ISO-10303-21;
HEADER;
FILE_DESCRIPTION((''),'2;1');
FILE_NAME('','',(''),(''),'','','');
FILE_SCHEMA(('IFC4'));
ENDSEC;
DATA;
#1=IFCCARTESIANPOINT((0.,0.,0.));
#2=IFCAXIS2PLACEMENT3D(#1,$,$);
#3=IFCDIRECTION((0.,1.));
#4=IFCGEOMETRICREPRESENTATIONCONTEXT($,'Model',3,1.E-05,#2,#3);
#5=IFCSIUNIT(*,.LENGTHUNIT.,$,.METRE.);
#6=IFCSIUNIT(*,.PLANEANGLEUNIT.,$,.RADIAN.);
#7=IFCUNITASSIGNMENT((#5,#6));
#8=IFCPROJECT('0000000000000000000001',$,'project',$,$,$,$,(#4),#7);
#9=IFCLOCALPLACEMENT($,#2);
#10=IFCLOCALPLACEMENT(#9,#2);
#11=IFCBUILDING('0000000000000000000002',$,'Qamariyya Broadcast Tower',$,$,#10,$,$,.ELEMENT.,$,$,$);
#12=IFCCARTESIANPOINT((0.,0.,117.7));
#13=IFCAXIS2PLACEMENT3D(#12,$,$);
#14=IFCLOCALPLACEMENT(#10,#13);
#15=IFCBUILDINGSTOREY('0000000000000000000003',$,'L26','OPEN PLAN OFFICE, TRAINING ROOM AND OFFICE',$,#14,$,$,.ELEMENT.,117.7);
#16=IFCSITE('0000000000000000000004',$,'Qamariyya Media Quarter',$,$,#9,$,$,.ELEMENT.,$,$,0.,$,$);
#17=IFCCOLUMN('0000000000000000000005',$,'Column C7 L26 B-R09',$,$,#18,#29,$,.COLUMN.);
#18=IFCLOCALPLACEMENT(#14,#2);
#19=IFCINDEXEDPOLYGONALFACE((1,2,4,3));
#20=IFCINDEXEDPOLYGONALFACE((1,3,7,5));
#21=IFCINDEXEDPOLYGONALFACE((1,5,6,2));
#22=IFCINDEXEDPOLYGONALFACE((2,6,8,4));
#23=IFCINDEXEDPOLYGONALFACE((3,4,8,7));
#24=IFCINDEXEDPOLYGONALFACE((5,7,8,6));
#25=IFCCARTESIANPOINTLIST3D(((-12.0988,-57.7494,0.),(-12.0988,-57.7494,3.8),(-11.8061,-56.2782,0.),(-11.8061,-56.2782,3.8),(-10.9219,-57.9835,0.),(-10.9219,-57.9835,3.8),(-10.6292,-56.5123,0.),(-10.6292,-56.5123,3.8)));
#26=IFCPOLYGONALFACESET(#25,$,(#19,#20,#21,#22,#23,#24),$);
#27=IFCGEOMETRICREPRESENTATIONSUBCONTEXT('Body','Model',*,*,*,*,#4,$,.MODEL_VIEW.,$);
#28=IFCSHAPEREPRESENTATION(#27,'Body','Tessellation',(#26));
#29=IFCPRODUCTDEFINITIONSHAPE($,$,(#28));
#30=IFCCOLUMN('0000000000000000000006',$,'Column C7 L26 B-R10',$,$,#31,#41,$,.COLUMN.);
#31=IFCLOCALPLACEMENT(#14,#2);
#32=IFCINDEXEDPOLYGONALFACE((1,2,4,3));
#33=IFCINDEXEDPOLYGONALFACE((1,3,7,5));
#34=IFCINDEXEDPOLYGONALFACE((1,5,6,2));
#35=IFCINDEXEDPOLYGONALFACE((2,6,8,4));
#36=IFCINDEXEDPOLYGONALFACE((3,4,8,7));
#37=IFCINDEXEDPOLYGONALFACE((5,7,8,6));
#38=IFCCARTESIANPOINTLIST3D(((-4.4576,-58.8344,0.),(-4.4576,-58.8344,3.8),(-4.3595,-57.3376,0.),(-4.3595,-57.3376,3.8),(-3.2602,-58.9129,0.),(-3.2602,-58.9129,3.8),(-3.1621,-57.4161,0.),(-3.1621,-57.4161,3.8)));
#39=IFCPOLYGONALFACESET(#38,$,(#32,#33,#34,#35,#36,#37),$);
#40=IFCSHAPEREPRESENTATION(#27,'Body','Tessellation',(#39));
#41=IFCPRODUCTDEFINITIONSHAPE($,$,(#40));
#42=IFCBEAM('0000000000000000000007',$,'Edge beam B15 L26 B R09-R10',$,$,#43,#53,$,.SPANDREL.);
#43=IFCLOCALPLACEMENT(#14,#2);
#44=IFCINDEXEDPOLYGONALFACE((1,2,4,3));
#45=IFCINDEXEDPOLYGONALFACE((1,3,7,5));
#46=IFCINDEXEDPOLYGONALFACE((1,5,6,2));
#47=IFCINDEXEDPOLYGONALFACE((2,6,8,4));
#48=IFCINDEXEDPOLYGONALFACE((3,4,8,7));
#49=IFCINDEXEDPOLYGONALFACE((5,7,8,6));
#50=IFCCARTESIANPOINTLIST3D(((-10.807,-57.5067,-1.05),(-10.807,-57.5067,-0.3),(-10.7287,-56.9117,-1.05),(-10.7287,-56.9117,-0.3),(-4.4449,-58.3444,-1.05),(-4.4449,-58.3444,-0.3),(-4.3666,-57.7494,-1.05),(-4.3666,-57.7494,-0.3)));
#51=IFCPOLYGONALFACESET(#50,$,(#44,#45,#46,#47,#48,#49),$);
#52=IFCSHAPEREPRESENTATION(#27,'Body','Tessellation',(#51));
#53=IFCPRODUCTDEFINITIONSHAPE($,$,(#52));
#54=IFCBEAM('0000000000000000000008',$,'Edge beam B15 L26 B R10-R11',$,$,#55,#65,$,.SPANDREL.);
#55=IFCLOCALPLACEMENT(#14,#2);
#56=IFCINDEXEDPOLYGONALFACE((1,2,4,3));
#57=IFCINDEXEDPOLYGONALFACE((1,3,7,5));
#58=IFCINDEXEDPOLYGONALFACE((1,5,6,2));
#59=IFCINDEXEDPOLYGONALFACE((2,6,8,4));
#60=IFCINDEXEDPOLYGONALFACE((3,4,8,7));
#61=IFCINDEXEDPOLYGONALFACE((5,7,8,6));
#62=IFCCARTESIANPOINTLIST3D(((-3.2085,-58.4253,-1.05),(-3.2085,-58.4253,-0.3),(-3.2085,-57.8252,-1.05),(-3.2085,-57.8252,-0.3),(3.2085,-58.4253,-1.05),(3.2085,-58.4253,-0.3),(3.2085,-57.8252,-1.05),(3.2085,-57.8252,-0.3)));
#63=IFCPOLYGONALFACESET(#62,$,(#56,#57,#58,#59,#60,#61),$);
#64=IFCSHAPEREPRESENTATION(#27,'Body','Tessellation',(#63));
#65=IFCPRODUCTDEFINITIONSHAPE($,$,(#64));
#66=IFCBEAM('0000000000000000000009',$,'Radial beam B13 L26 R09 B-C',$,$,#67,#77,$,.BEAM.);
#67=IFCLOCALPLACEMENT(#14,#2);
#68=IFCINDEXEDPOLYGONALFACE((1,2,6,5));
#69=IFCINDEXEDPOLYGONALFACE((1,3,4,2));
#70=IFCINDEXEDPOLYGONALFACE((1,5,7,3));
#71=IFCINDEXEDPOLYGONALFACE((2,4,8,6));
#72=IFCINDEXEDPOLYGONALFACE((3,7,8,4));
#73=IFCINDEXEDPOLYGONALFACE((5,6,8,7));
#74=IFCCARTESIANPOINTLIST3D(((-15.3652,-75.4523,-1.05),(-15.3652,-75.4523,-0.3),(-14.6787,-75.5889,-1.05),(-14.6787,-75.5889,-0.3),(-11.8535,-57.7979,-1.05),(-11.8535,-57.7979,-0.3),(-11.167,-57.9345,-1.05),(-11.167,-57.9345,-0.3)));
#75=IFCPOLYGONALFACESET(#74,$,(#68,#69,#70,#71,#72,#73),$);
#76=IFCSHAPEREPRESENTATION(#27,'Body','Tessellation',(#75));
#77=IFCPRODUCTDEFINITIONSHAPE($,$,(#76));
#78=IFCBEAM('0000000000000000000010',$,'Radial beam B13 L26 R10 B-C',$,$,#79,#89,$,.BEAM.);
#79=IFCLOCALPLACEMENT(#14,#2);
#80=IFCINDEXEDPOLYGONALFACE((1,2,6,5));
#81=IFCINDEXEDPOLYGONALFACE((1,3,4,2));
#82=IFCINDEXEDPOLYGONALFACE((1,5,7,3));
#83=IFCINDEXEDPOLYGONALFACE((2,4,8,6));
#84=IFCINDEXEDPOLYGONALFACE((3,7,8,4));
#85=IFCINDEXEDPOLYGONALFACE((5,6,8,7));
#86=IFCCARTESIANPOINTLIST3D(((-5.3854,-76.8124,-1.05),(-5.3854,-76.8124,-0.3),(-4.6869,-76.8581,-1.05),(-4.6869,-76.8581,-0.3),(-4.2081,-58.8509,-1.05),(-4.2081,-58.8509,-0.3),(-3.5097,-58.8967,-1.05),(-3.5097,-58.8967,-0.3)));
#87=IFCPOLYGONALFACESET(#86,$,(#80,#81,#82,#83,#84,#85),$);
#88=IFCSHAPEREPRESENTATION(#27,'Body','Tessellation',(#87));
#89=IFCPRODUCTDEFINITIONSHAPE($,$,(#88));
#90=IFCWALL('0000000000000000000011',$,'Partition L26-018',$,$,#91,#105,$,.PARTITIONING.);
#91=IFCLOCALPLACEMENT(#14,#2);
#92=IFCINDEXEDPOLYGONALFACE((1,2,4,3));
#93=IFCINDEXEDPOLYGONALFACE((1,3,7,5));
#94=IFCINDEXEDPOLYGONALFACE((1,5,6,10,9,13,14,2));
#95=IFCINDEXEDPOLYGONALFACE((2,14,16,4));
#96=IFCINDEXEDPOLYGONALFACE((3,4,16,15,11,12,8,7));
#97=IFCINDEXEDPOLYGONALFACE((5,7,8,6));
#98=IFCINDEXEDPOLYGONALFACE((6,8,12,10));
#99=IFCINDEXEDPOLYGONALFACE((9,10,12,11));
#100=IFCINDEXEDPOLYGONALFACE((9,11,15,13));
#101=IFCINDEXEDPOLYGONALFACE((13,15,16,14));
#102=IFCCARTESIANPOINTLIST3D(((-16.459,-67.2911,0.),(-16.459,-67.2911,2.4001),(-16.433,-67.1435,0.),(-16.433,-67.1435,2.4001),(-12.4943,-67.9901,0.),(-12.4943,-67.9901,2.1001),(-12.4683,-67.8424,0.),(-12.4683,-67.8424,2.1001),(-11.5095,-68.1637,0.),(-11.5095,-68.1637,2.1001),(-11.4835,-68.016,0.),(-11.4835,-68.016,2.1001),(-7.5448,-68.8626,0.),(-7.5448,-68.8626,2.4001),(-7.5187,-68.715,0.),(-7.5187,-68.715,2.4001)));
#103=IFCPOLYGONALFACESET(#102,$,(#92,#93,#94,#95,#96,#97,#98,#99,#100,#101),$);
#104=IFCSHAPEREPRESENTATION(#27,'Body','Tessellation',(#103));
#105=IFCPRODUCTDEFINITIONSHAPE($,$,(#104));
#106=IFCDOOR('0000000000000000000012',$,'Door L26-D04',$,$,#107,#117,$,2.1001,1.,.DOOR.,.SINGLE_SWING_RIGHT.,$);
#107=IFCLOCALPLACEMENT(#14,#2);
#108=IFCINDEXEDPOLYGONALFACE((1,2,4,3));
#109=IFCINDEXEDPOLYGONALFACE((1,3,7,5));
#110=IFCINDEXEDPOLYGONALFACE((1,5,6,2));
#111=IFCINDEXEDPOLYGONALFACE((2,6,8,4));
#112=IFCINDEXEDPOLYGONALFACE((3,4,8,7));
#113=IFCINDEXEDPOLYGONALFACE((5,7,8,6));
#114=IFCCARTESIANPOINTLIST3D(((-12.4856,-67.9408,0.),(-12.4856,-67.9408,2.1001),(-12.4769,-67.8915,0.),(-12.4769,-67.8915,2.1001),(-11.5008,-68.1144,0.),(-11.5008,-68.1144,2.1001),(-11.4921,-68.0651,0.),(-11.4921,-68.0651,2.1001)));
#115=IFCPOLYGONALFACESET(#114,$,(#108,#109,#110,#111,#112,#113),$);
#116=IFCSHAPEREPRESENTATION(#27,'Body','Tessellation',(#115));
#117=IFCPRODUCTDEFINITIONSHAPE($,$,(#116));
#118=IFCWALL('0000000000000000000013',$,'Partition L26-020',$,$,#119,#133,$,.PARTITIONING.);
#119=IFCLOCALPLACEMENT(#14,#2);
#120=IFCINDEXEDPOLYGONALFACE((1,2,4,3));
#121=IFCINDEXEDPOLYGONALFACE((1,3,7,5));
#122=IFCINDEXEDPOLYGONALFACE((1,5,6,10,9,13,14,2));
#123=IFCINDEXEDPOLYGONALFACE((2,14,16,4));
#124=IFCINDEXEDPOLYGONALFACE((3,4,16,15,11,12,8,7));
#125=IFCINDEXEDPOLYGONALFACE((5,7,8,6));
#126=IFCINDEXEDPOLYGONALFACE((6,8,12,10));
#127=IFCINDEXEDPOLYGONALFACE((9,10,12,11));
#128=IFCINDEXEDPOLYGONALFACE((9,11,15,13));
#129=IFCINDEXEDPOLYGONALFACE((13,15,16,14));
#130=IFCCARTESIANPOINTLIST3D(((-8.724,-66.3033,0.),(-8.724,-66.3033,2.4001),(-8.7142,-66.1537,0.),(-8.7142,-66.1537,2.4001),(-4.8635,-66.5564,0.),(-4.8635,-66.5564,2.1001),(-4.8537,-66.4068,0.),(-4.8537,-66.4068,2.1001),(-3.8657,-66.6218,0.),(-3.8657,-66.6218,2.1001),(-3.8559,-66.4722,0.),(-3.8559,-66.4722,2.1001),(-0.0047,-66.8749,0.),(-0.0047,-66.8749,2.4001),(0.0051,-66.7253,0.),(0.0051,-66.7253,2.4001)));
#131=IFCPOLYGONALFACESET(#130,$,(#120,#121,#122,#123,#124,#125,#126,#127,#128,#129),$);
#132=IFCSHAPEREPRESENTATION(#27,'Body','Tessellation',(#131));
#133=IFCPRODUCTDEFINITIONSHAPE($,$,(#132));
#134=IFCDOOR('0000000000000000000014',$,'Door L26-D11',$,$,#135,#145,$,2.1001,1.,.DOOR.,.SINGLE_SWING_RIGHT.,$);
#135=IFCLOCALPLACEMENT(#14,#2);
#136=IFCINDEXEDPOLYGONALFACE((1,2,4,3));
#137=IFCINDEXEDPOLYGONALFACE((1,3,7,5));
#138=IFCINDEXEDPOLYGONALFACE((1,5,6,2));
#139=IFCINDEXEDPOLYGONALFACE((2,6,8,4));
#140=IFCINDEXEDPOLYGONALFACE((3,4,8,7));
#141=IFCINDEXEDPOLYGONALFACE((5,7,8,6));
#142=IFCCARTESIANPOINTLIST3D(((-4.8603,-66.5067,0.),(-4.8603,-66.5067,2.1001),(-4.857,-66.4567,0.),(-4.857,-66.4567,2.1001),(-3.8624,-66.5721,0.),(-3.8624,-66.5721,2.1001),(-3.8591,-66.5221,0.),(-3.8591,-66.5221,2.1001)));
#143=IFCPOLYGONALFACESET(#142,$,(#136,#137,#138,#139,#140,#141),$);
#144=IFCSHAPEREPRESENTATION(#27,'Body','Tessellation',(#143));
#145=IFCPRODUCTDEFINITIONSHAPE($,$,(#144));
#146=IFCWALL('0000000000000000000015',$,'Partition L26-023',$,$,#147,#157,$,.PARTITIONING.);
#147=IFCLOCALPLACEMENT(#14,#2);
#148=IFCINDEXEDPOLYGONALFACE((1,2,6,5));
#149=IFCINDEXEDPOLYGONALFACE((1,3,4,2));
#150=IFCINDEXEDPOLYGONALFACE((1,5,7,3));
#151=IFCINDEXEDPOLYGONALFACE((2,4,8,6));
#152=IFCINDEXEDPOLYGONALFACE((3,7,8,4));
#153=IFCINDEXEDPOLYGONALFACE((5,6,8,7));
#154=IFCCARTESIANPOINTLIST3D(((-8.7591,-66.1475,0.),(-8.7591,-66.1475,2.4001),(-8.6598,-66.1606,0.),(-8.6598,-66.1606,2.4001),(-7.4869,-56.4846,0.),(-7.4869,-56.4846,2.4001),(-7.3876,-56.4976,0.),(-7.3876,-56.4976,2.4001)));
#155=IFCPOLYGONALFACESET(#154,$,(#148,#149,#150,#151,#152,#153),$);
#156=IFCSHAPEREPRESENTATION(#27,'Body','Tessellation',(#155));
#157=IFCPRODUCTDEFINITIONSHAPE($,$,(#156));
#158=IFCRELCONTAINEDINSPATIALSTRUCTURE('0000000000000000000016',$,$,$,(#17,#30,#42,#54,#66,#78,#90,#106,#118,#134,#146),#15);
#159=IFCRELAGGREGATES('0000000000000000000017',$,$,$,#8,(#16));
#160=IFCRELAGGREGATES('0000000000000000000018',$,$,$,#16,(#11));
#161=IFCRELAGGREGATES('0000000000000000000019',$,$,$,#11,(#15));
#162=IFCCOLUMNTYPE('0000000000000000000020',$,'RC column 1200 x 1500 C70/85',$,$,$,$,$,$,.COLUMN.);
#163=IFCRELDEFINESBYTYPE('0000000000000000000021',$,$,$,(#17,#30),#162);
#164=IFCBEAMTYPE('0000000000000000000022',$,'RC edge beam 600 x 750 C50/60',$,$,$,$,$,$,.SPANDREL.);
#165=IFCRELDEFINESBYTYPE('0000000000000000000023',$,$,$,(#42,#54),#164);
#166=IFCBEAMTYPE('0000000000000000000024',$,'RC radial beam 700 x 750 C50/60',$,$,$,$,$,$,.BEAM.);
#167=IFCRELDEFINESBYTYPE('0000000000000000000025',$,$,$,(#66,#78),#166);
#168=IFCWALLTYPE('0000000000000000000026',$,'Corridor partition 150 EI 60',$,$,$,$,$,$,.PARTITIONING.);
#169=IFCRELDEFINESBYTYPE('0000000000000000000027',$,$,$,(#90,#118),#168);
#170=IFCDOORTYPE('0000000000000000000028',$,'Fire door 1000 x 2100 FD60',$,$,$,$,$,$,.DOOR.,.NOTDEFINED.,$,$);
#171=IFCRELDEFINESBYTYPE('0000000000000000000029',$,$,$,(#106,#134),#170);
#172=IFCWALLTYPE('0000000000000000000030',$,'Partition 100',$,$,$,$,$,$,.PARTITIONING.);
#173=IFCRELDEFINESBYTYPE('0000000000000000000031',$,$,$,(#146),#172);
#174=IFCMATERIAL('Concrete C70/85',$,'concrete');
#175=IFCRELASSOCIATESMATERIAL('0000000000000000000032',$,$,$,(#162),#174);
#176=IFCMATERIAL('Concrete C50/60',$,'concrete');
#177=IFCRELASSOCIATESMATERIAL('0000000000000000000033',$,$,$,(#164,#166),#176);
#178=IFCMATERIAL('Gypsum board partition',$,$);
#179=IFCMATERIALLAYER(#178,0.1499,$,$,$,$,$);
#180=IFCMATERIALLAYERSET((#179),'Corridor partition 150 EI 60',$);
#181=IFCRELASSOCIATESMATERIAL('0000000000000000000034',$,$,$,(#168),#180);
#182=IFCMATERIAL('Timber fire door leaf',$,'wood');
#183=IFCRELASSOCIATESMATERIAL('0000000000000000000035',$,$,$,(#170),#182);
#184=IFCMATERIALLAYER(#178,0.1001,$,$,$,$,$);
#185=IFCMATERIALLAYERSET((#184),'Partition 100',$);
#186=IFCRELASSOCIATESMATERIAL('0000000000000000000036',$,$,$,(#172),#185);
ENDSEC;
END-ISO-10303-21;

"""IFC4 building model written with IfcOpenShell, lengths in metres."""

from ifc_helpers import new_model, si_unit, direction, frame, frame_2d, origin, origin_2d, place, context, subcontext, project, spatial, rectangle, extrude, material, layer, layer_set, material_profile, profile_set, type_object, element, fill, save


model = new_model("IFC4")

# Units and contexts
model_context = context("Model", 3, precision=1e-05, world=origin(), true_north=direction((0.0, 1.0)))
body_context = subcontext(model_context, "Body", "Model", "MODEL_VIEW")
ifc_project = project(units=[si_unit("LENGTHUNIT", "METRE"), si_unit("PLANEANGLEUNIT", "RADIAN")], contexts=[model_context])

# Site, building, storey
site_placement = place(None, origin())
site = spatial("IfcSite", under=ifc_project, at=site_placement, Name="Qamariyya Media Quarter", CompositionType="ELEMENT", RefElevation=0.0)
building_placement = place(site_placement, origin())
building = spatial("IfcBuilding", under=site, at=building_placement, Name="Qamariyya Broadcast Tower", CompositionType="ELEMENT")
storey_placement = place(building_placement, frame((0.0, 0.0, 117.7)))
storey = spatial("IfcBuildingStorey", under=building, at=storey_placement, Name="L26", Description="OPEN PLAN OFFICE, TRAINING ROOM AND OFFICE", CompositionType="ELEMENT", Elevation=117.7)

# Columns
ifc_material_1 = material(Name="Concrete C70/85", Category="concrete")
ifc_material_profile_1 = material_profile(ifc_material_1, rectangle(XDim=1.2, YDim=1.5, at=origin_2d()))
ifc_profile_set_1 = profile_set([ifc_material_profile_1], Name="Concrete C70/85")
column_type = type_object("IfcColumnType", Name="RC column 1200 x 1500 C70/85", PredefinedType="COLUMN", material=ifc_profile_set_1)
for number, where, z_axis, x_axis, name in (
    (1, (-11.364, -57.1309, 0.0), (0.0, 0.0, 1.0), (0.980785, -0.19509, 0.0), "Column C7 L26 B-R09"),
    (2, (-3.8098, -58.1252, 0.0), (0.0, 0.0, 1.0), (0.997859, -0.065403, 0.0), "Column C7 L26 B-R10"),
):
    element("IfcColumn", number, at=place(storey_placement, frame(where, z_axis=z_axis, x_axis=x_axis)), inside=storey, type_object=column_type, Name=name, PredefinedType="COLUMN", context=body_context, shape_type="SweptSolid", body=[
        extrude(rectangle(XDim=1.2, YDim=1.5, at=origin_2d()), origin(), (0.0, 0.0, 1.0), 3.8),
    ])

# Beams
ifc_material_2 = material(Name="Concrete C50/60", Category="concrete")
ifc_material_profile_2 = material_profile(ifc_material_2, rectangle(XDim=0.6001, YDim=0.75, at=origin_2d()))
ifc_profile_set_2 = profile_set([ifc_material_profile_2], Name="Concrete C50/60")
beam_type_1 = type_object("IfcBeamType", Name="RC edge beam 600 x 750 C50/60", PredefinedType="SPANDREL", material=ifc_profile_set_2)
for number, where, z_axis, x_axis, name in (
    (3, (-10.7678, -57.2092, -0.675), (0.991444, -0.130536, 0.0), (0.130536, 0.991444, 0.0), "Edge beam B15 L26 B R09-R10"),
    (4, (-3.2085, -58.1252, -0.675), (1.0, 0.0, 0.0), (0.0, 1.0, 0.0), "Edge beam B15 L26 B R10-R11"),
):
    element("IfcBeam", number, at=place(storey_placement, frame(where, z_axis=z_axis, x_axis=x_axis)), inside=storey, type_object=beam_type_1, Name=name, PredefinedType="SPANDREL", context=body_context, shape_type="SweptSolid", body=[
        extrude(rectangle(XDim=0.6001, YDim=0.75, at=origin_2d()), origin(), (0.0, 0.0, 1.0), 6.417),
    ])
ifc_material_profile_3 = material_profile(ifc_material_2, rectangle(XDim=0.7, YDim=0.75, at=origin_2d()))
ifc_profile_set_3 = profile_set([ifc_material_profile_3], Name="Concrete C50/60")
beam_type_2 = type_object("IfcBeamType", Name="RC radial beam 700 x 750 C50/60", PredefinedType="BEAM", material=ifc_profile_set_3)
beam_1_placement = place(storey_placement, frame((-11.5103, -57.8662, -0.675), z_axis=(-0.195094, -0.980785, 0.0), x_axis=(0.980785, -0.195094, 0.0)))
element("IfcBeam", 5, at=beam_1_placement, inside=storey, type_object=beam_type_2, Name="Radial beam B13 L26 R09 B-C", PredefinedType="BEAM", context=body_context, shape_type="SweptSolid", body=[
    extrude(rectangle(XDim=0.7, YDim=0.75, at=origin_2d()), origin(), (0.0, 0.0, 1.0), 18.0002),
])
beam_2_placement = place(storey_placement, frame((-3.8589, -58.8738, -0.675), z_axis=(-0.065403, -0.997859, 0.0), x_axis=(0.997859, -0.065403, 0.0)))
element("IfcBeam", 6, at=beam_2_placement, inside=storey, type_object=beam_type_2, Name="Radial beam B13 L26 R10 B-C", PredefinedType="BEAM", context=body_context, shape_type="SweptSolid", body=[
    extrude(rectangle(XDim=0.7, YDim=0.75, at=origin_2d()), origin(), (0.0, 0.0, 1.0), 18.0),
])

# Walls, openings, doors
ifc_material_3 = material(Name="Gypsum board partition")
ifc_layer_1 = layer(ifc_material_3, 0.1499)
ifc_layer_set_1 = layer_set([ifc_layer_1], Name="Corridor partition 150 EI 60")
wall_type_1 = type_object("IfcWallType", Name="Corridor partition 150 EI 60", PredefinedType="PARTITIONING", material=ifc_layer_set_1)
wall_1_placement = place(storey_placement, frame((-7.5317, -68.7888, 0.0), z_axis=(0.0, 0.0, 1.0), x_axis=(-0.984813, 0.173616, 0.0)))
wall_1 = element("IfcWall", 7, at=wall_1_placement, inside=storey, type_object=wall_type_1, Name="Partition L26-018", PredefinedType="PARTITIONING", context=body_context, shape_type="SweptSolid", body=[
    extrude(rectangle(XDim=9.0518, YDim=0.1499, at=frame_2d((4.5259, 0.0))), origin(), (0.0, 0.0, 1.0), 2.4001),
])
opening_1_placement = place(wall_1_placement, frame((4.0259, 0.0, 0.0)))
opening_1 = element("IfcOpeningElement", 8, at=opening_1_placement, cuts=wall_1, PredefinedType="OPENING", context=body_context, shape_type="SweptSolid", body=[
    extrude(rectangle(XDim=1.0, YDim=2.1001, at=frame_2d((0.5, 1.05))), frame((0.0, 0.085, 0.0), z_axis=(0.0, -1.0, 0.0), x_axis=(1.0, 0.0, 0.0)), (0.0, 0.0, 1.0), 0.1699),
])
ifc_material_4 = material(Name="Timber fire door leaf", Category="wood")
door_type = type_object("IfcDoorType", Name="Fire door 1000 x 2100 FD60", OperationType="NOTDEFINED", PredefinedType="DOOR", material=ifc_material_4)
door_1_placement = place(opening_1_placement, origin())
door_1 = element("IfcDoor", 9, at=door_1_placement, inside=storey, type_object=door_type, Name="Door L26-D04", OperationType="SINGLE_SWING_RIGHT", OverallHeight=2.1001, OverallWidth=1.0, PredefinedType="DOOR", context=body_context, shape_type="SweptSolid", body=[
    extrude(rectangle(XDim=1.0, YDim=2.1001, at=frame_2d((0.5, 1.05))), frame((0.0, 0.0249, 0.0), z_axis=(0.0, -1.0, 0.0), x_axis=(1.0, 0.0, 0.0)), (0.0, 0.0, 1.0), 0.05),
])
fill(opening_1, door_1)
wall_2_placement = place(storey_placement, frame((-8.7192, -66.2285, 0.0), z_axis=(0.0, 0.0, 1.0), x_axis=(0.997859, -0.065408, 0.0)))
wall_2 = element("IfcWall", 10, at=wall_2_placement, inside=storey, type_object=wall_type_1, Name="Partition L26-020", PredefinedType="PARTITIONING", context=body_context, shape_type="SweptSolid", body=[
    extrude(rectangle(XDim=8.738, YDim=0.1499, at=frame_2d((4.3691, 0.0))), origin(), (0.0, 0.0, 1.0), 2.4001),
])
opening_2_placement = place(wall_2_placement, frame((3.8689, 0.0, 0.0)))
opening_2 = element("IfcOpeningElement", 11, at=opening_2_placement, cuts=wall_2, PredefinedType="OPENING", context=body_context, shape_type="SweptSolid", body=[
    extrude(rectangle(XDim=1.0, YDim=2.1001, at=frame_2d((0.5, 1.05))), frame((0.0, 0.085, 0.0), z_axis=(0.0, -1.0, 0.0), x_axis=(1.0, 0.0, 0.0)), (0.0, 0.0, 1.0), 0.1699),
])
door_2_placement = place(opening_2_placement, origin())
door_2 = element("IfcDoor", 12, at=door_2_placement, inside=storey, type_object=door_type, Name="Door L26-D11", OperationType="SINGLE_SWING_RIGHT", OverallHeight=2.1001, OverallWidth=1.0, PredefinedType="DOOR", context=body_context, shape_type="SweptSolid", body=[
    extrude(rectangle(XDim=1.0, YDim=2.1001, at=frame_2d((0.5, 1.05))), frame((0.0, 0.0249, 0.0), z_axis=(0.0, -1.0, 0.0), x_axis=(1.0, 0.0, 0.0)), (0.0, 0.0, 1.0), 0.05),
])
fill(opening_2, door_2)

# Wall
ifc_layer_2 = layer(ifc_material_3, 0.1001)
ifc_layer_set_2 = layer_set([ifc_layer_2], Name="Partition 100")
wall_type_2 = type_object("IfcWallType", Name="Partition 100", PredefinedType="PARTITIONING", material=ifc_layer_set_2)
wall_3_placement = place(storey_placement, frame((-7.4373, -56.4912, 0.0), z_axis=(0.0, 0.0, 1.0), x_axis=(-0.130534, -0.991444, 0.0)))
element("IfcWall", 13, at=wall_3_placement, inside=storey, type_object=wall_type_2, Name="Partition L26-023", PredefinedType="PARTITIONING", context=body_context, shape_type="SweptSolid", body=[
    extrude(rectangle(XDim=9.7463, YDim=0.1001, at=frame_2d((4.873, 0.0))), origin(), (0.0, 0.0, 1.0), 2.4001),
])

save(model, "model.ifc")
